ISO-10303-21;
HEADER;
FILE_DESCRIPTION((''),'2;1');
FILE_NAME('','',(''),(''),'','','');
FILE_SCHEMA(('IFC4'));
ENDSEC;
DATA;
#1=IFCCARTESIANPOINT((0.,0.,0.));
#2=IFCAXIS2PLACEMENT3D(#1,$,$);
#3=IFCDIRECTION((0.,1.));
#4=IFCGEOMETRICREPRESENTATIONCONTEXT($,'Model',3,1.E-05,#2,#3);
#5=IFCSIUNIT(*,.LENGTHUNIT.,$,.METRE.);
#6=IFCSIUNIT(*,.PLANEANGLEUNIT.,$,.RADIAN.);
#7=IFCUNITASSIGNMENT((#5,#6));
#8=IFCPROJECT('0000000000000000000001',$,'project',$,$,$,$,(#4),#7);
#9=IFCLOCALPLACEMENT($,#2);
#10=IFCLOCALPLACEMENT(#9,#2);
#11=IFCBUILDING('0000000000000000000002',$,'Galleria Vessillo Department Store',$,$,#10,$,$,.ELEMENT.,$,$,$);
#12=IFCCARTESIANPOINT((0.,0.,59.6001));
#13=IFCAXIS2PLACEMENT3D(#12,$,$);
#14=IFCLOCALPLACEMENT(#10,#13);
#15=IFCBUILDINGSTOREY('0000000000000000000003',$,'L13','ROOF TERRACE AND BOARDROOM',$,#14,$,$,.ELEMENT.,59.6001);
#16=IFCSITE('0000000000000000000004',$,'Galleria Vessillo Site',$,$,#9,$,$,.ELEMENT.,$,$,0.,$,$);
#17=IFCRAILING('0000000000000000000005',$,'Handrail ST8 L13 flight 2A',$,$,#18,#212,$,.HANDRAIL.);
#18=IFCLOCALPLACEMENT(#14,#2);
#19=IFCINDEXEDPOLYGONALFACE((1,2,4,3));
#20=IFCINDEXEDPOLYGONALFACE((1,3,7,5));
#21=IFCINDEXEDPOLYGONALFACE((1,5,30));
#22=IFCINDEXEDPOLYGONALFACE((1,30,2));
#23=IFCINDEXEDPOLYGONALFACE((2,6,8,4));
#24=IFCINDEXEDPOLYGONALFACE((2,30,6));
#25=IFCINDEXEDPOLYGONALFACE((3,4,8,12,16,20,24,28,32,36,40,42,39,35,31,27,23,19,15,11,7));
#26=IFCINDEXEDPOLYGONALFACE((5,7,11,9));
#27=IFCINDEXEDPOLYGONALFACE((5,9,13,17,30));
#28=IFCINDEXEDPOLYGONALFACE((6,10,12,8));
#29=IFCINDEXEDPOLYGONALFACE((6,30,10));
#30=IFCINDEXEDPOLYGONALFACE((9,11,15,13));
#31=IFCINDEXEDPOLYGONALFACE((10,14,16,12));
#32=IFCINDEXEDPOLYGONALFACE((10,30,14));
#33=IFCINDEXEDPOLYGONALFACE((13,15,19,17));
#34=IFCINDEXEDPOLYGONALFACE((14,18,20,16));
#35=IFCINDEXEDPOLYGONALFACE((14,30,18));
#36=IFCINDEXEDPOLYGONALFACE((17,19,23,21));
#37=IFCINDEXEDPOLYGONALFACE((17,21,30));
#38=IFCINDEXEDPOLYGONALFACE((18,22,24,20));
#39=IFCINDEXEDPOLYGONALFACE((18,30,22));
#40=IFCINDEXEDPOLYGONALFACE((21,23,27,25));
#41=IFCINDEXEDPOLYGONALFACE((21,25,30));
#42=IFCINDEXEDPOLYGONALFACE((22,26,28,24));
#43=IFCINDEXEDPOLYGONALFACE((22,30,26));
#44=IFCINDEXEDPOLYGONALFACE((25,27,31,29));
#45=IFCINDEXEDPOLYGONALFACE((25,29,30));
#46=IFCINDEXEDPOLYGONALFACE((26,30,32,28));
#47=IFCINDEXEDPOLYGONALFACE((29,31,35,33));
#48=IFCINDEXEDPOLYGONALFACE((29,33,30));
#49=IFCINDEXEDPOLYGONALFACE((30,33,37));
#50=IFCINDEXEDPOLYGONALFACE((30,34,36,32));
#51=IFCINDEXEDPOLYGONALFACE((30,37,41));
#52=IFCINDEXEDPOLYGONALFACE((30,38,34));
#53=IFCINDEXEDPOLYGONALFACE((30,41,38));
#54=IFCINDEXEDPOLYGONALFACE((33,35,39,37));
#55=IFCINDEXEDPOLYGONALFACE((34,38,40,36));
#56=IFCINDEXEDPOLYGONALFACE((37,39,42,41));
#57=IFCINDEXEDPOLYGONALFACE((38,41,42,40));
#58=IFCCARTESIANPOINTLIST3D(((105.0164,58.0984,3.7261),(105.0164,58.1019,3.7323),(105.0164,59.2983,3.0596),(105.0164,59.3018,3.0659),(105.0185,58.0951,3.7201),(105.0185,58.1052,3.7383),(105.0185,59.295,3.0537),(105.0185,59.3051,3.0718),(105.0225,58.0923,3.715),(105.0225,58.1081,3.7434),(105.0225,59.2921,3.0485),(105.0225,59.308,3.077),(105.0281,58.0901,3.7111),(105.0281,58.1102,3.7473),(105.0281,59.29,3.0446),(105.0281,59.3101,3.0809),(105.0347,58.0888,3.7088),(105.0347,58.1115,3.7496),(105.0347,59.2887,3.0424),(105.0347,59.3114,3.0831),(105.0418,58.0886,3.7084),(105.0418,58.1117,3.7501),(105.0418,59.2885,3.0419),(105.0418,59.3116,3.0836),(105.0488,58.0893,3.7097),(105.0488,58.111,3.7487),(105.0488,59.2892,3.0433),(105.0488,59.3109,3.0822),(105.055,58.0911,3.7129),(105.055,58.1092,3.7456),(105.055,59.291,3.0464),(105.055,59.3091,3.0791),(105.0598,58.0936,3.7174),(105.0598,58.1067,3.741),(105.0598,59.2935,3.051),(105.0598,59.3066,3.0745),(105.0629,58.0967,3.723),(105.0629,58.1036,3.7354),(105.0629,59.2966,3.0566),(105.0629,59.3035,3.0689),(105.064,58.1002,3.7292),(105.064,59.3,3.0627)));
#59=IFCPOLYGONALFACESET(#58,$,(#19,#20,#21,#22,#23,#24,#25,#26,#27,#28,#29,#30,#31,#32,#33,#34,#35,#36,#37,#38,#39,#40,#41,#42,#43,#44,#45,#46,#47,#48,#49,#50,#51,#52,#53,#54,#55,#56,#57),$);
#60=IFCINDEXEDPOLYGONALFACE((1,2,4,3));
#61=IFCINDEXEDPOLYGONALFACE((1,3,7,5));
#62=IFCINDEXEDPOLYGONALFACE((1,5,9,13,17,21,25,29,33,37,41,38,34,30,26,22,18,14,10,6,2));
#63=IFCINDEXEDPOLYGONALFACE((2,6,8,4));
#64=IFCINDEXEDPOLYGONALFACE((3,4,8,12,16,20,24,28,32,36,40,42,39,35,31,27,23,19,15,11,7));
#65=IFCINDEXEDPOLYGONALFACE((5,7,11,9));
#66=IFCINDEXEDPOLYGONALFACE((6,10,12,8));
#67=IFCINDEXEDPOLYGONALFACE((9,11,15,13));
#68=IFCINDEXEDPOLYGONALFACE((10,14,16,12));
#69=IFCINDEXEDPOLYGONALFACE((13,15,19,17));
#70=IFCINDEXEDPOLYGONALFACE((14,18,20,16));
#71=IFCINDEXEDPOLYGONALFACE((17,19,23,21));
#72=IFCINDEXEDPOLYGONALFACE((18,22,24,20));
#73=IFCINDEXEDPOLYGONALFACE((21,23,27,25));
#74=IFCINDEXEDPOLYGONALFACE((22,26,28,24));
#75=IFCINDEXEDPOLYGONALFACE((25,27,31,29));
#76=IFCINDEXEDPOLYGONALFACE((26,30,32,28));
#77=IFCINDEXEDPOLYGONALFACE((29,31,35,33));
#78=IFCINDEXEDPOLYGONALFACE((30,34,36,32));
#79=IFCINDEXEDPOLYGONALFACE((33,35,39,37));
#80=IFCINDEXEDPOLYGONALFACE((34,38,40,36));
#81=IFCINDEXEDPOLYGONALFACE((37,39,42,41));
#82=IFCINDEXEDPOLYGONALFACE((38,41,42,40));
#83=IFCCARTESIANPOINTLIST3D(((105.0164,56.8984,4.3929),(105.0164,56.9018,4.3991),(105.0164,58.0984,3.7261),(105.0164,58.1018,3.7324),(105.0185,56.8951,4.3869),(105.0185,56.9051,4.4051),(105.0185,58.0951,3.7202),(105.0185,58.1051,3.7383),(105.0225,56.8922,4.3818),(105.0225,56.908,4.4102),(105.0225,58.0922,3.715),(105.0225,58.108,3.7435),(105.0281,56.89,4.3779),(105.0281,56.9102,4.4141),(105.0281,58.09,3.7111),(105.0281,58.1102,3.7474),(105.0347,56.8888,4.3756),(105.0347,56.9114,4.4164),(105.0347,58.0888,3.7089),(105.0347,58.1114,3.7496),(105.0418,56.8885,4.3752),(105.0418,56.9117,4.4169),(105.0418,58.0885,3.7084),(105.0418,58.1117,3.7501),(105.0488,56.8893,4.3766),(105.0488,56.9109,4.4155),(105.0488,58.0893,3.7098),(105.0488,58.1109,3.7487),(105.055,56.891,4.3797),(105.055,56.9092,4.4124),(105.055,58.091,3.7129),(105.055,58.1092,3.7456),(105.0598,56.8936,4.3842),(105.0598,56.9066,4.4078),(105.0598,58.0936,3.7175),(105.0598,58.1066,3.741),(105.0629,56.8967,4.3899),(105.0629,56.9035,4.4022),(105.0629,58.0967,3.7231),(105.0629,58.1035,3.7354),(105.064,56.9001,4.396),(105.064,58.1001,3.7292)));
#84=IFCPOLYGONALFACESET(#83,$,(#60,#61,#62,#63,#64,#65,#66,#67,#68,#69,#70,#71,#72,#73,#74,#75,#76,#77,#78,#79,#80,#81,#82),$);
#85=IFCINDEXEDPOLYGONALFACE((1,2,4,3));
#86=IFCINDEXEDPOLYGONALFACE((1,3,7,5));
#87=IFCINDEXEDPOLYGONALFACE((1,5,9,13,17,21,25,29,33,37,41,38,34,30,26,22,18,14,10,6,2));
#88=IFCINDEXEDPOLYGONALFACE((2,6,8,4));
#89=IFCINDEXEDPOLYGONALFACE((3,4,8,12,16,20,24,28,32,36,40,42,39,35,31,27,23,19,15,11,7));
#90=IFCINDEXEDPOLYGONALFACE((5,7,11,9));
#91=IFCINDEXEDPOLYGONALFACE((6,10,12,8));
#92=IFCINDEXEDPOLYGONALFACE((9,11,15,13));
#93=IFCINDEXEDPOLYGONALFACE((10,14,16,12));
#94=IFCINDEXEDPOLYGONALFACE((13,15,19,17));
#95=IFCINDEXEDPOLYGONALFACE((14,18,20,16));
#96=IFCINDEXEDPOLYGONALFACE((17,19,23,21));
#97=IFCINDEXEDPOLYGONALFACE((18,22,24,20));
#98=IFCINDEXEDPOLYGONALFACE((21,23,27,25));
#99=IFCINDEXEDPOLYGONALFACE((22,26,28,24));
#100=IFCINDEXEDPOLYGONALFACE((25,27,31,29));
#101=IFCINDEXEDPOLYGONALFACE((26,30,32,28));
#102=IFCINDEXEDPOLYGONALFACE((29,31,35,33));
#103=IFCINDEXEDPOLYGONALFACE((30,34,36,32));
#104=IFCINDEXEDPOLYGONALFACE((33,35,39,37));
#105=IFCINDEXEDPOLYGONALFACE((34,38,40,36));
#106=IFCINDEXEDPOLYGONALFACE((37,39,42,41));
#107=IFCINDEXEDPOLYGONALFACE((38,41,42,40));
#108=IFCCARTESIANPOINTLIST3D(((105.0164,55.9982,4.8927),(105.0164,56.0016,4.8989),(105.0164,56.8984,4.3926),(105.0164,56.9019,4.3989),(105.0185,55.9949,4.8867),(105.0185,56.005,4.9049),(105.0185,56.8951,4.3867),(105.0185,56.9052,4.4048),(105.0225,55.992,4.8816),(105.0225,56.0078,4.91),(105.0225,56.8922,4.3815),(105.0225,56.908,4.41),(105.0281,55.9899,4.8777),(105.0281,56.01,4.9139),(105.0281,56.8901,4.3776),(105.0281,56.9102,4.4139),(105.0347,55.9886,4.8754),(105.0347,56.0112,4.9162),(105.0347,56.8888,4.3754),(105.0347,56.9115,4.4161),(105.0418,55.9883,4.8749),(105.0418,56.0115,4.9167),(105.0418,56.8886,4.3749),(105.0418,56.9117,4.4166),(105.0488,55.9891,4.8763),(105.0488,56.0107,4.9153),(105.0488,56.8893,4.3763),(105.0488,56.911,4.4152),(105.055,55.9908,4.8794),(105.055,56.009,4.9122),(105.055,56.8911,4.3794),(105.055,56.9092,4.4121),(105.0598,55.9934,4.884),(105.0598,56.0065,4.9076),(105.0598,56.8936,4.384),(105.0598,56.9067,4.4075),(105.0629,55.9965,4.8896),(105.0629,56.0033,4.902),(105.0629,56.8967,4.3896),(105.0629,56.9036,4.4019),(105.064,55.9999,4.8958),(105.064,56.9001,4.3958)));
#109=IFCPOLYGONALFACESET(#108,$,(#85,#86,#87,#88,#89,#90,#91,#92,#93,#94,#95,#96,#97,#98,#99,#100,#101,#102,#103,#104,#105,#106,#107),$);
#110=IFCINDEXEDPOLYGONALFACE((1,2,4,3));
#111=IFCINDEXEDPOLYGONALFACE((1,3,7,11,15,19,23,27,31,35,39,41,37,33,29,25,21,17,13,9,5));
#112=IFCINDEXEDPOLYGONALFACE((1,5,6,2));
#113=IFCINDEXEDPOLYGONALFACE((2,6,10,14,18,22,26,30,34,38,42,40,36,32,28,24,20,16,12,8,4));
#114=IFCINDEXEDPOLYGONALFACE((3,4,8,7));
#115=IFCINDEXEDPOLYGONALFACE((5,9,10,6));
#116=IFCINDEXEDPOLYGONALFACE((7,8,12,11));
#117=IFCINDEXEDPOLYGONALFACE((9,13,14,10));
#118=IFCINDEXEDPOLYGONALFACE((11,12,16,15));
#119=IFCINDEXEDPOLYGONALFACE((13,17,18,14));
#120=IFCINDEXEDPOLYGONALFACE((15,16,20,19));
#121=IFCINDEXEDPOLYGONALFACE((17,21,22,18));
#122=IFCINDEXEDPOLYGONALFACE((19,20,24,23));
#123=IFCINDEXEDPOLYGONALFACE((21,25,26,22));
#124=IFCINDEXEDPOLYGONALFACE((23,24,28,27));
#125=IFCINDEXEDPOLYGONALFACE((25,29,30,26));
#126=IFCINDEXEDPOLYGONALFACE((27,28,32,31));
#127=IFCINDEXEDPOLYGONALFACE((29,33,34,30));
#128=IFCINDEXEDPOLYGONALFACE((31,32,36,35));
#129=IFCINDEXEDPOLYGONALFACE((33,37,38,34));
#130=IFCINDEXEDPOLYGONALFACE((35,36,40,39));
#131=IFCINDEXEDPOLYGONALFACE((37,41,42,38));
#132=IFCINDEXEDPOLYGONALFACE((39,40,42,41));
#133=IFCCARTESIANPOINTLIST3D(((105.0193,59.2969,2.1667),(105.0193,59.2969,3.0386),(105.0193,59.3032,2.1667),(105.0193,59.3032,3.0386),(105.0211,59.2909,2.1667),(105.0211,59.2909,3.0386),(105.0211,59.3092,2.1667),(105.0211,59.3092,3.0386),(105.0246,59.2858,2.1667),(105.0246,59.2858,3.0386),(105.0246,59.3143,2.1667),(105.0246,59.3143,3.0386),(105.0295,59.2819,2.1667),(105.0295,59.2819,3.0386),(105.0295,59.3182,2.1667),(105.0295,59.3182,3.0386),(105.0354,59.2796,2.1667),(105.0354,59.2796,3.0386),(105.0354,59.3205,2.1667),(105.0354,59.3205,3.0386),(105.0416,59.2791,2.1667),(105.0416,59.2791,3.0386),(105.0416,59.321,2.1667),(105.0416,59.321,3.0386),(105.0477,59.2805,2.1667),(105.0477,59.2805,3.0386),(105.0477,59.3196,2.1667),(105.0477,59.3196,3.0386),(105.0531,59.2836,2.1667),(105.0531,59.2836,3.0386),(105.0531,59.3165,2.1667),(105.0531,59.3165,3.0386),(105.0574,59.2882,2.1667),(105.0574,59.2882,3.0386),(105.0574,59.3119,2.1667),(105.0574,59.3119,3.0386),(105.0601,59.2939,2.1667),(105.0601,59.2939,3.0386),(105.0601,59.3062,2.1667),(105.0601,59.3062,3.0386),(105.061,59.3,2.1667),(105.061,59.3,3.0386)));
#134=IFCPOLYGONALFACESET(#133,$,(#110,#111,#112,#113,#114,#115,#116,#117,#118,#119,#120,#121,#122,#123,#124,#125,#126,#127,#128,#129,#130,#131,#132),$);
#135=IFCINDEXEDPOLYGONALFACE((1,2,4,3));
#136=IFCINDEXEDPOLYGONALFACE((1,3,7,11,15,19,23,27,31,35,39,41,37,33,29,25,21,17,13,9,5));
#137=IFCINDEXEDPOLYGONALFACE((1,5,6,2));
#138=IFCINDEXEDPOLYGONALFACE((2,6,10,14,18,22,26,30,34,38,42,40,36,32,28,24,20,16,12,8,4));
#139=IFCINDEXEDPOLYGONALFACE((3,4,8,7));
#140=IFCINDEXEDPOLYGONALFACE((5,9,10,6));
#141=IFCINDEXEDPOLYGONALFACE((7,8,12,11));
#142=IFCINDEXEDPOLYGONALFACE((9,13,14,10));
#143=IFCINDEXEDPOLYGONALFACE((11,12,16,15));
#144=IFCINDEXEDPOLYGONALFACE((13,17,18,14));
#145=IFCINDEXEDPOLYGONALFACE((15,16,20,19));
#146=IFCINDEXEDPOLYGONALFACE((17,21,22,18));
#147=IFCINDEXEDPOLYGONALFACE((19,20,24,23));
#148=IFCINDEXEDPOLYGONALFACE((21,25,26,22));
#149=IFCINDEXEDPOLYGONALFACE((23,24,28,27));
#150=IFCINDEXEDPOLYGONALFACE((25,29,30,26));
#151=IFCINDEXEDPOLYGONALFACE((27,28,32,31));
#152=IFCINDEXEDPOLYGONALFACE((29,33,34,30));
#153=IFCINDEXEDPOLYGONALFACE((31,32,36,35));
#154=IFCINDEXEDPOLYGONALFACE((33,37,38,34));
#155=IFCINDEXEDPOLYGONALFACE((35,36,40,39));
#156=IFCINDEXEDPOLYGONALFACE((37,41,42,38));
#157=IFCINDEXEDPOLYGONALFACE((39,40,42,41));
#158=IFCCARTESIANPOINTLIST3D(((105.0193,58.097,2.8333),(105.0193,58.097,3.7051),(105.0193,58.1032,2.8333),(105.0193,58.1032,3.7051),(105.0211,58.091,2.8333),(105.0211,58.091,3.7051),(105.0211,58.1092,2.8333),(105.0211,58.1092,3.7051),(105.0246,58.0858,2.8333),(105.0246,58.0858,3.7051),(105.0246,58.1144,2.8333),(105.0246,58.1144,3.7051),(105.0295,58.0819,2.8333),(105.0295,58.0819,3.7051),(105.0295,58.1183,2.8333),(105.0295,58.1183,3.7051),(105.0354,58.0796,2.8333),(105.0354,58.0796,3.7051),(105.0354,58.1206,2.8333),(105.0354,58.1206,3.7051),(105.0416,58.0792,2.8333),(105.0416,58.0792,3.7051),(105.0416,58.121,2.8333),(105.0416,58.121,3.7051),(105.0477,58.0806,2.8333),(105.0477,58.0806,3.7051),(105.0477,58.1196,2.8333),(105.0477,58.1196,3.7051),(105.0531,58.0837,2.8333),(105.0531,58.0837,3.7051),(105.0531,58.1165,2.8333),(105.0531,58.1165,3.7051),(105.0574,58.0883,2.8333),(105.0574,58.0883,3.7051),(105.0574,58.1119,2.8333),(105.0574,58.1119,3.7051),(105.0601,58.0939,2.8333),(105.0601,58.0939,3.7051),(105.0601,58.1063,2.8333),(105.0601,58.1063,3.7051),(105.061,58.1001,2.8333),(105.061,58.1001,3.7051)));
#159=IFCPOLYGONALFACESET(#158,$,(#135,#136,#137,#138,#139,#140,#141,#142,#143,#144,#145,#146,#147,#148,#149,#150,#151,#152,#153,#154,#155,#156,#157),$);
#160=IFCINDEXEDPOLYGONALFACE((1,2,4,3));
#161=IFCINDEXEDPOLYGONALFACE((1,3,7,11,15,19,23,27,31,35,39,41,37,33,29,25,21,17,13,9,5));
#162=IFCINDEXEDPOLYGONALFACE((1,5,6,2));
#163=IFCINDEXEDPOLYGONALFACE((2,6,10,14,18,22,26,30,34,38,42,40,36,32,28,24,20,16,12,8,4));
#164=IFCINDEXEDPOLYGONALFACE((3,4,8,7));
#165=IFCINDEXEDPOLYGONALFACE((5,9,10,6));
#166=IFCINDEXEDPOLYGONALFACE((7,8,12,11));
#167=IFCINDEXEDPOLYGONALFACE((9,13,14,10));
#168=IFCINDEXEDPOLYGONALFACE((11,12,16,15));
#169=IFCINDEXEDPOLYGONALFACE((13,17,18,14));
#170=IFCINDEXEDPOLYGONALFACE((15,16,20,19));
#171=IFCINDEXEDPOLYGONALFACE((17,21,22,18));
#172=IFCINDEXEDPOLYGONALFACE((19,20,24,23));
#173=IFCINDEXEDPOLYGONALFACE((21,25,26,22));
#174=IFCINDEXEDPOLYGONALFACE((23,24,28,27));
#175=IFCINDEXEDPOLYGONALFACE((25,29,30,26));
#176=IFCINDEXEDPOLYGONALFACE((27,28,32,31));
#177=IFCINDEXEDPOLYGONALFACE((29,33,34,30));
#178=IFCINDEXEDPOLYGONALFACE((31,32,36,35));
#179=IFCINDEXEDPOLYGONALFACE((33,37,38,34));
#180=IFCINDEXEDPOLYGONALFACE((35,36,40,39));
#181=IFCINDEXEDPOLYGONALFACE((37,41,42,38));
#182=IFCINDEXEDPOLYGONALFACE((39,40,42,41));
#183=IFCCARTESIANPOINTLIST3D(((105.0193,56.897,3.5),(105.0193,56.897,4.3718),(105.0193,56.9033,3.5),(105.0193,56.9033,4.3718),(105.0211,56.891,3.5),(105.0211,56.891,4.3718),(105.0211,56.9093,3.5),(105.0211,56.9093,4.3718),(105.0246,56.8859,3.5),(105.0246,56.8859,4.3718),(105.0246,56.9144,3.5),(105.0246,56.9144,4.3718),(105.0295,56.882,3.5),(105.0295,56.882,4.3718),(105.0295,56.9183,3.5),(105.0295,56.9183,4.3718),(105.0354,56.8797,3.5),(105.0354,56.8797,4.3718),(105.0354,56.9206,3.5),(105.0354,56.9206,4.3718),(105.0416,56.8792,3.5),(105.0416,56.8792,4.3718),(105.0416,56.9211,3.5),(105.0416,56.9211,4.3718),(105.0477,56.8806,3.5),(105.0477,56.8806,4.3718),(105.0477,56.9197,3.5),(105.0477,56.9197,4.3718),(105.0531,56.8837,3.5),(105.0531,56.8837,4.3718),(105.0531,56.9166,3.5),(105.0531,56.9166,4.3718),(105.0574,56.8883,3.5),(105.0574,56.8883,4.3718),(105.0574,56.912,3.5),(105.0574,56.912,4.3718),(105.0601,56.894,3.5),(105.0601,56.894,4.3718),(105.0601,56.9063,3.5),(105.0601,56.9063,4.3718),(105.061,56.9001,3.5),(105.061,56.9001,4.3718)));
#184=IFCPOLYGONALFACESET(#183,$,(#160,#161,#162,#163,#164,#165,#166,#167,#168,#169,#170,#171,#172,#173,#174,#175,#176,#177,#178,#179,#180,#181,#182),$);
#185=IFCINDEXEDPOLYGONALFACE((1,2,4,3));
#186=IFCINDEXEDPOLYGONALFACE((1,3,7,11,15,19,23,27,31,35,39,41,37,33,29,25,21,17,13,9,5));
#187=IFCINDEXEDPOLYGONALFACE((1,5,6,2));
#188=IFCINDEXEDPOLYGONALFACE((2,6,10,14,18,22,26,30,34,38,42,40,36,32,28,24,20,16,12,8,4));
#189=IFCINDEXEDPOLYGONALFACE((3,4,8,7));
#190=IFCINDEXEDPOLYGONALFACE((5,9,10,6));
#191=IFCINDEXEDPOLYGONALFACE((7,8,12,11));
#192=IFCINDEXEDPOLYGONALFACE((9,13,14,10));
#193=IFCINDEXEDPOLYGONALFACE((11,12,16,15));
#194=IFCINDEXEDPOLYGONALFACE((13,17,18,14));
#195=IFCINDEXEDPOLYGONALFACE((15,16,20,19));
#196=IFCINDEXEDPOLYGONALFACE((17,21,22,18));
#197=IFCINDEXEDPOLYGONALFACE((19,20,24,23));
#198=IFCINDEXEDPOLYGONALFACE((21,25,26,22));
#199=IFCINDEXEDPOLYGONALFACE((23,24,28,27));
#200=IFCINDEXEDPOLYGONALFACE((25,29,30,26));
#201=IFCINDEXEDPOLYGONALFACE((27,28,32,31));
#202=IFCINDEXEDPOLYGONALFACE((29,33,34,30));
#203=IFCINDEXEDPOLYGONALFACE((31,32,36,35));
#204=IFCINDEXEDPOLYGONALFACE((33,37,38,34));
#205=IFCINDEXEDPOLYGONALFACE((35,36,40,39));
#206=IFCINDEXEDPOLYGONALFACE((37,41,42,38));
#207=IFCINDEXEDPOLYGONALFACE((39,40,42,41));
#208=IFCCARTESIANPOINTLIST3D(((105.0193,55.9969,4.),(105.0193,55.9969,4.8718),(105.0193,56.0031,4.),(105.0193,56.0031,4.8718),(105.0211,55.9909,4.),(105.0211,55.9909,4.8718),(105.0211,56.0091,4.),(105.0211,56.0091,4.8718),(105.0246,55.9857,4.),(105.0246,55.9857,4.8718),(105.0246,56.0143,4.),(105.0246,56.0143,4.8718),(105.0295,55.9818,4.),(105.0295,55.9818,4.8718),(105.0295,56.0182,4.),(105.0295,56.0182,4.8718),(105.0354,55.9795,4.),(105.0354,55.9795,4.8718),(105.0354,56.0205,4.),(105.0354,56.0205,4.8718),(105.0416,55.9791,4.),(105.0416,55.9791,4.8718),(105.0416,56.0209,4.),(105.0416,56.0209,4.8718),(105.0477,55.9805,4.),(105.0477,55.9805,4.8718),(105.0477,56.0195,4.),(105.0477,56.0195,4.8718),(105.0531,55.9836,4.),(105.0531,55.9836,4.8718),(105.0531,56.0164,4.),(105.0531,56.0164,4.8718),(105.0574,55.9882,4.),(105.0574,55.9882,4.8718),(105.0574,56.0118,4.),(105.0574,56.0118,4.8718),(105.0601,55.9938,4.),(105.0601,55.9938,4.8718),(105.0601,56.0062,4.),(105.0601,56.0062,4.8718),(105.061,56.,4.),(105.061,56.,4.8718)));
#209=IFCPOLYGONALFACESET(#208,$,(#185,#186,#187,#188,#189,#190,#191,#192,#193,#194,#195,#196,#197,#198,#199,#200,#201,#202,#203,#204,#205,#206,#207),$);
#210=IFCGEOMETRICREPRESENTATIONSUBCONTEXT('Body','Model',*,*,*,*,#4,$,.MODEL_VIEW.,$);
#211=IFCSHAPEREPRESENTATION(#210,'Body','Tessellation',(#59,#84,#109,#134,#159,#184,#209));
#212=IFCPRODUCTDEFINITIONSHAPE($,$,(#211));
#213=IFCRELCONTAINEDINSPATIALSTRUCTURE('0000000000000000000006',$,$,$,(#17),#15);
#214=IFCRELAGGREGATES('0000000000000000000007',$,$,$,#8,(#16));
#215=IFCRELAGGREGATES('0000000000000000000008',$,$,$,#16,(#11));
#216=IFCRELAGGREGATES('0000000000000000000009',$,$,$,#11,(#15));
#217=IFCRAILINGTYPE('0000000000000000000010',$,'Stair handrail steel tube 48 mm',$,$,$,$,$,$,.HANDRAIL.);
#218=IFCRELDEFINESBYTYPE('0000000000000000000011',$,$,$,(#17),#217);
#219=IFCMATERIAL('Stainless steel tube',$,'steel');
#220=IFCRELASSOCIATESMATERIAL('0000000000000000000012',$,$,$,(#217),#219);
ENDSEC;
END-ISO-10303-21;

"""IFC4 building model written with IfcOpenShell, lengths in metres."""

from ifc_helpers import new_model, si_unit, direction, frame, origin, origin_2d, place, context, subcontext, project, spatial, circle, extrude, material, type_object, element, save


model = new_model("IFC4")

# Units and contexts
model_context = context("Model", 3, precision=1e-05, world=origin(), true_north=direction((0.0, 1.0)))
body_context = subcontext(model_context, "Body", "Model", "MODEL_VIEW")
ifc_project = project(units=[si_unit("LENGTHUNIT", "METRE"), si_unit("PLANEANGLEUNIT", "RADIAN")], contexts=[model_context])

# Site, building, storey
site_placement = place(None, origin())
site = spatial("IfcSite", under=ifc_project, at=site_placement, Name="Galleria Vessillo Site", CompositionType="ELEMENT", RefElevation=0.0)
building_placement = place(site_placement, origin())
building = spatial("IfcBuilding", under=site, at=building_placement, Name="Galleria Vessillo Department Store", CompositionType="ELEMENT")
storey_placement = place(building_placement, frame((0.0, 0.0, 59.6001)))
storey = spatial("IfcBuildingStorey", under=building, at=storey_placement, Name="L13", Description="ROOF TERRACE AND BOARDROOM", CompositionType="ELEMENT", Elevation=59.6001)

# Railing
ifc_material_1 = material(Name="Stainless steel tube", Category="steel")
railing_type = type_object("IfcRailingType", Name="Stair handrail steel tube 48 mm", PredefinedType="HANDRAIL", material=ifc_material_1)
for number, where, name in (
    (1, (105.04, 59.3, 2.1667), "Handrail ST8 L13 flight 2A"),
):
    element("IfcRailing", number, at=place(storey_placement, frame(where)), inside=storey, type_object=railing_type, Name=name, PredefinedType="HANDRAIL", context=body_context, shape_type="SweptSolid", body=[
        extrude(circle(Radius=0.0239, at=origin_2d()), frame((0.0, 0.0, 0.896), z_axis=(0.0, -0.874199, 0.485567), x_axis=(1.0, 0.0, 0.0)), (0.0, 0.0, 1.0), 1.3726),
        extrude(circle(Radius=0.0239, at=origin_2d()), frame((0.0, -1.2, 1.5625), z_axis=(0.0, -0.874124, 0.485703), x_axis=(1.0, 0.0, 0.0)), (0.0, 0.0, 1.0), 1.3728),
        extrude(circle(Radius=0.0239, at=origin_2d()), frame((0.0, -2.3999, 2.229), z_axis=(0.0, -0.874191, 0.485583), x_axis=(1.0, 0.0, 0.0)), (0.0, 0.0, 1.0), 1.0298),
        extrude(circle(Radius=0.021, at=origin_2d()), origin(), (0.0, 0.0, 1.0), 0.8718),
        extrude(circle(Radius=0.021, at=origin_2d()), frame((0.0, -1.2, 0.6665)), (0.0, 0.0, 1.0), 0.8718),
        extrude(circle(Radius=0.021, at=origin_2d()), frame((0.0, -2.3999, 1.3333)), (0.0, 0.0, 1.0), 0.8718),
        extrude(circle(Radius=0.021, at=origin_2d()), frame((0.0, -3.3, 1.8333)), (0.0, 0.0, 1.0), 0.8718),
    ])

save(model, "model.ifc")
